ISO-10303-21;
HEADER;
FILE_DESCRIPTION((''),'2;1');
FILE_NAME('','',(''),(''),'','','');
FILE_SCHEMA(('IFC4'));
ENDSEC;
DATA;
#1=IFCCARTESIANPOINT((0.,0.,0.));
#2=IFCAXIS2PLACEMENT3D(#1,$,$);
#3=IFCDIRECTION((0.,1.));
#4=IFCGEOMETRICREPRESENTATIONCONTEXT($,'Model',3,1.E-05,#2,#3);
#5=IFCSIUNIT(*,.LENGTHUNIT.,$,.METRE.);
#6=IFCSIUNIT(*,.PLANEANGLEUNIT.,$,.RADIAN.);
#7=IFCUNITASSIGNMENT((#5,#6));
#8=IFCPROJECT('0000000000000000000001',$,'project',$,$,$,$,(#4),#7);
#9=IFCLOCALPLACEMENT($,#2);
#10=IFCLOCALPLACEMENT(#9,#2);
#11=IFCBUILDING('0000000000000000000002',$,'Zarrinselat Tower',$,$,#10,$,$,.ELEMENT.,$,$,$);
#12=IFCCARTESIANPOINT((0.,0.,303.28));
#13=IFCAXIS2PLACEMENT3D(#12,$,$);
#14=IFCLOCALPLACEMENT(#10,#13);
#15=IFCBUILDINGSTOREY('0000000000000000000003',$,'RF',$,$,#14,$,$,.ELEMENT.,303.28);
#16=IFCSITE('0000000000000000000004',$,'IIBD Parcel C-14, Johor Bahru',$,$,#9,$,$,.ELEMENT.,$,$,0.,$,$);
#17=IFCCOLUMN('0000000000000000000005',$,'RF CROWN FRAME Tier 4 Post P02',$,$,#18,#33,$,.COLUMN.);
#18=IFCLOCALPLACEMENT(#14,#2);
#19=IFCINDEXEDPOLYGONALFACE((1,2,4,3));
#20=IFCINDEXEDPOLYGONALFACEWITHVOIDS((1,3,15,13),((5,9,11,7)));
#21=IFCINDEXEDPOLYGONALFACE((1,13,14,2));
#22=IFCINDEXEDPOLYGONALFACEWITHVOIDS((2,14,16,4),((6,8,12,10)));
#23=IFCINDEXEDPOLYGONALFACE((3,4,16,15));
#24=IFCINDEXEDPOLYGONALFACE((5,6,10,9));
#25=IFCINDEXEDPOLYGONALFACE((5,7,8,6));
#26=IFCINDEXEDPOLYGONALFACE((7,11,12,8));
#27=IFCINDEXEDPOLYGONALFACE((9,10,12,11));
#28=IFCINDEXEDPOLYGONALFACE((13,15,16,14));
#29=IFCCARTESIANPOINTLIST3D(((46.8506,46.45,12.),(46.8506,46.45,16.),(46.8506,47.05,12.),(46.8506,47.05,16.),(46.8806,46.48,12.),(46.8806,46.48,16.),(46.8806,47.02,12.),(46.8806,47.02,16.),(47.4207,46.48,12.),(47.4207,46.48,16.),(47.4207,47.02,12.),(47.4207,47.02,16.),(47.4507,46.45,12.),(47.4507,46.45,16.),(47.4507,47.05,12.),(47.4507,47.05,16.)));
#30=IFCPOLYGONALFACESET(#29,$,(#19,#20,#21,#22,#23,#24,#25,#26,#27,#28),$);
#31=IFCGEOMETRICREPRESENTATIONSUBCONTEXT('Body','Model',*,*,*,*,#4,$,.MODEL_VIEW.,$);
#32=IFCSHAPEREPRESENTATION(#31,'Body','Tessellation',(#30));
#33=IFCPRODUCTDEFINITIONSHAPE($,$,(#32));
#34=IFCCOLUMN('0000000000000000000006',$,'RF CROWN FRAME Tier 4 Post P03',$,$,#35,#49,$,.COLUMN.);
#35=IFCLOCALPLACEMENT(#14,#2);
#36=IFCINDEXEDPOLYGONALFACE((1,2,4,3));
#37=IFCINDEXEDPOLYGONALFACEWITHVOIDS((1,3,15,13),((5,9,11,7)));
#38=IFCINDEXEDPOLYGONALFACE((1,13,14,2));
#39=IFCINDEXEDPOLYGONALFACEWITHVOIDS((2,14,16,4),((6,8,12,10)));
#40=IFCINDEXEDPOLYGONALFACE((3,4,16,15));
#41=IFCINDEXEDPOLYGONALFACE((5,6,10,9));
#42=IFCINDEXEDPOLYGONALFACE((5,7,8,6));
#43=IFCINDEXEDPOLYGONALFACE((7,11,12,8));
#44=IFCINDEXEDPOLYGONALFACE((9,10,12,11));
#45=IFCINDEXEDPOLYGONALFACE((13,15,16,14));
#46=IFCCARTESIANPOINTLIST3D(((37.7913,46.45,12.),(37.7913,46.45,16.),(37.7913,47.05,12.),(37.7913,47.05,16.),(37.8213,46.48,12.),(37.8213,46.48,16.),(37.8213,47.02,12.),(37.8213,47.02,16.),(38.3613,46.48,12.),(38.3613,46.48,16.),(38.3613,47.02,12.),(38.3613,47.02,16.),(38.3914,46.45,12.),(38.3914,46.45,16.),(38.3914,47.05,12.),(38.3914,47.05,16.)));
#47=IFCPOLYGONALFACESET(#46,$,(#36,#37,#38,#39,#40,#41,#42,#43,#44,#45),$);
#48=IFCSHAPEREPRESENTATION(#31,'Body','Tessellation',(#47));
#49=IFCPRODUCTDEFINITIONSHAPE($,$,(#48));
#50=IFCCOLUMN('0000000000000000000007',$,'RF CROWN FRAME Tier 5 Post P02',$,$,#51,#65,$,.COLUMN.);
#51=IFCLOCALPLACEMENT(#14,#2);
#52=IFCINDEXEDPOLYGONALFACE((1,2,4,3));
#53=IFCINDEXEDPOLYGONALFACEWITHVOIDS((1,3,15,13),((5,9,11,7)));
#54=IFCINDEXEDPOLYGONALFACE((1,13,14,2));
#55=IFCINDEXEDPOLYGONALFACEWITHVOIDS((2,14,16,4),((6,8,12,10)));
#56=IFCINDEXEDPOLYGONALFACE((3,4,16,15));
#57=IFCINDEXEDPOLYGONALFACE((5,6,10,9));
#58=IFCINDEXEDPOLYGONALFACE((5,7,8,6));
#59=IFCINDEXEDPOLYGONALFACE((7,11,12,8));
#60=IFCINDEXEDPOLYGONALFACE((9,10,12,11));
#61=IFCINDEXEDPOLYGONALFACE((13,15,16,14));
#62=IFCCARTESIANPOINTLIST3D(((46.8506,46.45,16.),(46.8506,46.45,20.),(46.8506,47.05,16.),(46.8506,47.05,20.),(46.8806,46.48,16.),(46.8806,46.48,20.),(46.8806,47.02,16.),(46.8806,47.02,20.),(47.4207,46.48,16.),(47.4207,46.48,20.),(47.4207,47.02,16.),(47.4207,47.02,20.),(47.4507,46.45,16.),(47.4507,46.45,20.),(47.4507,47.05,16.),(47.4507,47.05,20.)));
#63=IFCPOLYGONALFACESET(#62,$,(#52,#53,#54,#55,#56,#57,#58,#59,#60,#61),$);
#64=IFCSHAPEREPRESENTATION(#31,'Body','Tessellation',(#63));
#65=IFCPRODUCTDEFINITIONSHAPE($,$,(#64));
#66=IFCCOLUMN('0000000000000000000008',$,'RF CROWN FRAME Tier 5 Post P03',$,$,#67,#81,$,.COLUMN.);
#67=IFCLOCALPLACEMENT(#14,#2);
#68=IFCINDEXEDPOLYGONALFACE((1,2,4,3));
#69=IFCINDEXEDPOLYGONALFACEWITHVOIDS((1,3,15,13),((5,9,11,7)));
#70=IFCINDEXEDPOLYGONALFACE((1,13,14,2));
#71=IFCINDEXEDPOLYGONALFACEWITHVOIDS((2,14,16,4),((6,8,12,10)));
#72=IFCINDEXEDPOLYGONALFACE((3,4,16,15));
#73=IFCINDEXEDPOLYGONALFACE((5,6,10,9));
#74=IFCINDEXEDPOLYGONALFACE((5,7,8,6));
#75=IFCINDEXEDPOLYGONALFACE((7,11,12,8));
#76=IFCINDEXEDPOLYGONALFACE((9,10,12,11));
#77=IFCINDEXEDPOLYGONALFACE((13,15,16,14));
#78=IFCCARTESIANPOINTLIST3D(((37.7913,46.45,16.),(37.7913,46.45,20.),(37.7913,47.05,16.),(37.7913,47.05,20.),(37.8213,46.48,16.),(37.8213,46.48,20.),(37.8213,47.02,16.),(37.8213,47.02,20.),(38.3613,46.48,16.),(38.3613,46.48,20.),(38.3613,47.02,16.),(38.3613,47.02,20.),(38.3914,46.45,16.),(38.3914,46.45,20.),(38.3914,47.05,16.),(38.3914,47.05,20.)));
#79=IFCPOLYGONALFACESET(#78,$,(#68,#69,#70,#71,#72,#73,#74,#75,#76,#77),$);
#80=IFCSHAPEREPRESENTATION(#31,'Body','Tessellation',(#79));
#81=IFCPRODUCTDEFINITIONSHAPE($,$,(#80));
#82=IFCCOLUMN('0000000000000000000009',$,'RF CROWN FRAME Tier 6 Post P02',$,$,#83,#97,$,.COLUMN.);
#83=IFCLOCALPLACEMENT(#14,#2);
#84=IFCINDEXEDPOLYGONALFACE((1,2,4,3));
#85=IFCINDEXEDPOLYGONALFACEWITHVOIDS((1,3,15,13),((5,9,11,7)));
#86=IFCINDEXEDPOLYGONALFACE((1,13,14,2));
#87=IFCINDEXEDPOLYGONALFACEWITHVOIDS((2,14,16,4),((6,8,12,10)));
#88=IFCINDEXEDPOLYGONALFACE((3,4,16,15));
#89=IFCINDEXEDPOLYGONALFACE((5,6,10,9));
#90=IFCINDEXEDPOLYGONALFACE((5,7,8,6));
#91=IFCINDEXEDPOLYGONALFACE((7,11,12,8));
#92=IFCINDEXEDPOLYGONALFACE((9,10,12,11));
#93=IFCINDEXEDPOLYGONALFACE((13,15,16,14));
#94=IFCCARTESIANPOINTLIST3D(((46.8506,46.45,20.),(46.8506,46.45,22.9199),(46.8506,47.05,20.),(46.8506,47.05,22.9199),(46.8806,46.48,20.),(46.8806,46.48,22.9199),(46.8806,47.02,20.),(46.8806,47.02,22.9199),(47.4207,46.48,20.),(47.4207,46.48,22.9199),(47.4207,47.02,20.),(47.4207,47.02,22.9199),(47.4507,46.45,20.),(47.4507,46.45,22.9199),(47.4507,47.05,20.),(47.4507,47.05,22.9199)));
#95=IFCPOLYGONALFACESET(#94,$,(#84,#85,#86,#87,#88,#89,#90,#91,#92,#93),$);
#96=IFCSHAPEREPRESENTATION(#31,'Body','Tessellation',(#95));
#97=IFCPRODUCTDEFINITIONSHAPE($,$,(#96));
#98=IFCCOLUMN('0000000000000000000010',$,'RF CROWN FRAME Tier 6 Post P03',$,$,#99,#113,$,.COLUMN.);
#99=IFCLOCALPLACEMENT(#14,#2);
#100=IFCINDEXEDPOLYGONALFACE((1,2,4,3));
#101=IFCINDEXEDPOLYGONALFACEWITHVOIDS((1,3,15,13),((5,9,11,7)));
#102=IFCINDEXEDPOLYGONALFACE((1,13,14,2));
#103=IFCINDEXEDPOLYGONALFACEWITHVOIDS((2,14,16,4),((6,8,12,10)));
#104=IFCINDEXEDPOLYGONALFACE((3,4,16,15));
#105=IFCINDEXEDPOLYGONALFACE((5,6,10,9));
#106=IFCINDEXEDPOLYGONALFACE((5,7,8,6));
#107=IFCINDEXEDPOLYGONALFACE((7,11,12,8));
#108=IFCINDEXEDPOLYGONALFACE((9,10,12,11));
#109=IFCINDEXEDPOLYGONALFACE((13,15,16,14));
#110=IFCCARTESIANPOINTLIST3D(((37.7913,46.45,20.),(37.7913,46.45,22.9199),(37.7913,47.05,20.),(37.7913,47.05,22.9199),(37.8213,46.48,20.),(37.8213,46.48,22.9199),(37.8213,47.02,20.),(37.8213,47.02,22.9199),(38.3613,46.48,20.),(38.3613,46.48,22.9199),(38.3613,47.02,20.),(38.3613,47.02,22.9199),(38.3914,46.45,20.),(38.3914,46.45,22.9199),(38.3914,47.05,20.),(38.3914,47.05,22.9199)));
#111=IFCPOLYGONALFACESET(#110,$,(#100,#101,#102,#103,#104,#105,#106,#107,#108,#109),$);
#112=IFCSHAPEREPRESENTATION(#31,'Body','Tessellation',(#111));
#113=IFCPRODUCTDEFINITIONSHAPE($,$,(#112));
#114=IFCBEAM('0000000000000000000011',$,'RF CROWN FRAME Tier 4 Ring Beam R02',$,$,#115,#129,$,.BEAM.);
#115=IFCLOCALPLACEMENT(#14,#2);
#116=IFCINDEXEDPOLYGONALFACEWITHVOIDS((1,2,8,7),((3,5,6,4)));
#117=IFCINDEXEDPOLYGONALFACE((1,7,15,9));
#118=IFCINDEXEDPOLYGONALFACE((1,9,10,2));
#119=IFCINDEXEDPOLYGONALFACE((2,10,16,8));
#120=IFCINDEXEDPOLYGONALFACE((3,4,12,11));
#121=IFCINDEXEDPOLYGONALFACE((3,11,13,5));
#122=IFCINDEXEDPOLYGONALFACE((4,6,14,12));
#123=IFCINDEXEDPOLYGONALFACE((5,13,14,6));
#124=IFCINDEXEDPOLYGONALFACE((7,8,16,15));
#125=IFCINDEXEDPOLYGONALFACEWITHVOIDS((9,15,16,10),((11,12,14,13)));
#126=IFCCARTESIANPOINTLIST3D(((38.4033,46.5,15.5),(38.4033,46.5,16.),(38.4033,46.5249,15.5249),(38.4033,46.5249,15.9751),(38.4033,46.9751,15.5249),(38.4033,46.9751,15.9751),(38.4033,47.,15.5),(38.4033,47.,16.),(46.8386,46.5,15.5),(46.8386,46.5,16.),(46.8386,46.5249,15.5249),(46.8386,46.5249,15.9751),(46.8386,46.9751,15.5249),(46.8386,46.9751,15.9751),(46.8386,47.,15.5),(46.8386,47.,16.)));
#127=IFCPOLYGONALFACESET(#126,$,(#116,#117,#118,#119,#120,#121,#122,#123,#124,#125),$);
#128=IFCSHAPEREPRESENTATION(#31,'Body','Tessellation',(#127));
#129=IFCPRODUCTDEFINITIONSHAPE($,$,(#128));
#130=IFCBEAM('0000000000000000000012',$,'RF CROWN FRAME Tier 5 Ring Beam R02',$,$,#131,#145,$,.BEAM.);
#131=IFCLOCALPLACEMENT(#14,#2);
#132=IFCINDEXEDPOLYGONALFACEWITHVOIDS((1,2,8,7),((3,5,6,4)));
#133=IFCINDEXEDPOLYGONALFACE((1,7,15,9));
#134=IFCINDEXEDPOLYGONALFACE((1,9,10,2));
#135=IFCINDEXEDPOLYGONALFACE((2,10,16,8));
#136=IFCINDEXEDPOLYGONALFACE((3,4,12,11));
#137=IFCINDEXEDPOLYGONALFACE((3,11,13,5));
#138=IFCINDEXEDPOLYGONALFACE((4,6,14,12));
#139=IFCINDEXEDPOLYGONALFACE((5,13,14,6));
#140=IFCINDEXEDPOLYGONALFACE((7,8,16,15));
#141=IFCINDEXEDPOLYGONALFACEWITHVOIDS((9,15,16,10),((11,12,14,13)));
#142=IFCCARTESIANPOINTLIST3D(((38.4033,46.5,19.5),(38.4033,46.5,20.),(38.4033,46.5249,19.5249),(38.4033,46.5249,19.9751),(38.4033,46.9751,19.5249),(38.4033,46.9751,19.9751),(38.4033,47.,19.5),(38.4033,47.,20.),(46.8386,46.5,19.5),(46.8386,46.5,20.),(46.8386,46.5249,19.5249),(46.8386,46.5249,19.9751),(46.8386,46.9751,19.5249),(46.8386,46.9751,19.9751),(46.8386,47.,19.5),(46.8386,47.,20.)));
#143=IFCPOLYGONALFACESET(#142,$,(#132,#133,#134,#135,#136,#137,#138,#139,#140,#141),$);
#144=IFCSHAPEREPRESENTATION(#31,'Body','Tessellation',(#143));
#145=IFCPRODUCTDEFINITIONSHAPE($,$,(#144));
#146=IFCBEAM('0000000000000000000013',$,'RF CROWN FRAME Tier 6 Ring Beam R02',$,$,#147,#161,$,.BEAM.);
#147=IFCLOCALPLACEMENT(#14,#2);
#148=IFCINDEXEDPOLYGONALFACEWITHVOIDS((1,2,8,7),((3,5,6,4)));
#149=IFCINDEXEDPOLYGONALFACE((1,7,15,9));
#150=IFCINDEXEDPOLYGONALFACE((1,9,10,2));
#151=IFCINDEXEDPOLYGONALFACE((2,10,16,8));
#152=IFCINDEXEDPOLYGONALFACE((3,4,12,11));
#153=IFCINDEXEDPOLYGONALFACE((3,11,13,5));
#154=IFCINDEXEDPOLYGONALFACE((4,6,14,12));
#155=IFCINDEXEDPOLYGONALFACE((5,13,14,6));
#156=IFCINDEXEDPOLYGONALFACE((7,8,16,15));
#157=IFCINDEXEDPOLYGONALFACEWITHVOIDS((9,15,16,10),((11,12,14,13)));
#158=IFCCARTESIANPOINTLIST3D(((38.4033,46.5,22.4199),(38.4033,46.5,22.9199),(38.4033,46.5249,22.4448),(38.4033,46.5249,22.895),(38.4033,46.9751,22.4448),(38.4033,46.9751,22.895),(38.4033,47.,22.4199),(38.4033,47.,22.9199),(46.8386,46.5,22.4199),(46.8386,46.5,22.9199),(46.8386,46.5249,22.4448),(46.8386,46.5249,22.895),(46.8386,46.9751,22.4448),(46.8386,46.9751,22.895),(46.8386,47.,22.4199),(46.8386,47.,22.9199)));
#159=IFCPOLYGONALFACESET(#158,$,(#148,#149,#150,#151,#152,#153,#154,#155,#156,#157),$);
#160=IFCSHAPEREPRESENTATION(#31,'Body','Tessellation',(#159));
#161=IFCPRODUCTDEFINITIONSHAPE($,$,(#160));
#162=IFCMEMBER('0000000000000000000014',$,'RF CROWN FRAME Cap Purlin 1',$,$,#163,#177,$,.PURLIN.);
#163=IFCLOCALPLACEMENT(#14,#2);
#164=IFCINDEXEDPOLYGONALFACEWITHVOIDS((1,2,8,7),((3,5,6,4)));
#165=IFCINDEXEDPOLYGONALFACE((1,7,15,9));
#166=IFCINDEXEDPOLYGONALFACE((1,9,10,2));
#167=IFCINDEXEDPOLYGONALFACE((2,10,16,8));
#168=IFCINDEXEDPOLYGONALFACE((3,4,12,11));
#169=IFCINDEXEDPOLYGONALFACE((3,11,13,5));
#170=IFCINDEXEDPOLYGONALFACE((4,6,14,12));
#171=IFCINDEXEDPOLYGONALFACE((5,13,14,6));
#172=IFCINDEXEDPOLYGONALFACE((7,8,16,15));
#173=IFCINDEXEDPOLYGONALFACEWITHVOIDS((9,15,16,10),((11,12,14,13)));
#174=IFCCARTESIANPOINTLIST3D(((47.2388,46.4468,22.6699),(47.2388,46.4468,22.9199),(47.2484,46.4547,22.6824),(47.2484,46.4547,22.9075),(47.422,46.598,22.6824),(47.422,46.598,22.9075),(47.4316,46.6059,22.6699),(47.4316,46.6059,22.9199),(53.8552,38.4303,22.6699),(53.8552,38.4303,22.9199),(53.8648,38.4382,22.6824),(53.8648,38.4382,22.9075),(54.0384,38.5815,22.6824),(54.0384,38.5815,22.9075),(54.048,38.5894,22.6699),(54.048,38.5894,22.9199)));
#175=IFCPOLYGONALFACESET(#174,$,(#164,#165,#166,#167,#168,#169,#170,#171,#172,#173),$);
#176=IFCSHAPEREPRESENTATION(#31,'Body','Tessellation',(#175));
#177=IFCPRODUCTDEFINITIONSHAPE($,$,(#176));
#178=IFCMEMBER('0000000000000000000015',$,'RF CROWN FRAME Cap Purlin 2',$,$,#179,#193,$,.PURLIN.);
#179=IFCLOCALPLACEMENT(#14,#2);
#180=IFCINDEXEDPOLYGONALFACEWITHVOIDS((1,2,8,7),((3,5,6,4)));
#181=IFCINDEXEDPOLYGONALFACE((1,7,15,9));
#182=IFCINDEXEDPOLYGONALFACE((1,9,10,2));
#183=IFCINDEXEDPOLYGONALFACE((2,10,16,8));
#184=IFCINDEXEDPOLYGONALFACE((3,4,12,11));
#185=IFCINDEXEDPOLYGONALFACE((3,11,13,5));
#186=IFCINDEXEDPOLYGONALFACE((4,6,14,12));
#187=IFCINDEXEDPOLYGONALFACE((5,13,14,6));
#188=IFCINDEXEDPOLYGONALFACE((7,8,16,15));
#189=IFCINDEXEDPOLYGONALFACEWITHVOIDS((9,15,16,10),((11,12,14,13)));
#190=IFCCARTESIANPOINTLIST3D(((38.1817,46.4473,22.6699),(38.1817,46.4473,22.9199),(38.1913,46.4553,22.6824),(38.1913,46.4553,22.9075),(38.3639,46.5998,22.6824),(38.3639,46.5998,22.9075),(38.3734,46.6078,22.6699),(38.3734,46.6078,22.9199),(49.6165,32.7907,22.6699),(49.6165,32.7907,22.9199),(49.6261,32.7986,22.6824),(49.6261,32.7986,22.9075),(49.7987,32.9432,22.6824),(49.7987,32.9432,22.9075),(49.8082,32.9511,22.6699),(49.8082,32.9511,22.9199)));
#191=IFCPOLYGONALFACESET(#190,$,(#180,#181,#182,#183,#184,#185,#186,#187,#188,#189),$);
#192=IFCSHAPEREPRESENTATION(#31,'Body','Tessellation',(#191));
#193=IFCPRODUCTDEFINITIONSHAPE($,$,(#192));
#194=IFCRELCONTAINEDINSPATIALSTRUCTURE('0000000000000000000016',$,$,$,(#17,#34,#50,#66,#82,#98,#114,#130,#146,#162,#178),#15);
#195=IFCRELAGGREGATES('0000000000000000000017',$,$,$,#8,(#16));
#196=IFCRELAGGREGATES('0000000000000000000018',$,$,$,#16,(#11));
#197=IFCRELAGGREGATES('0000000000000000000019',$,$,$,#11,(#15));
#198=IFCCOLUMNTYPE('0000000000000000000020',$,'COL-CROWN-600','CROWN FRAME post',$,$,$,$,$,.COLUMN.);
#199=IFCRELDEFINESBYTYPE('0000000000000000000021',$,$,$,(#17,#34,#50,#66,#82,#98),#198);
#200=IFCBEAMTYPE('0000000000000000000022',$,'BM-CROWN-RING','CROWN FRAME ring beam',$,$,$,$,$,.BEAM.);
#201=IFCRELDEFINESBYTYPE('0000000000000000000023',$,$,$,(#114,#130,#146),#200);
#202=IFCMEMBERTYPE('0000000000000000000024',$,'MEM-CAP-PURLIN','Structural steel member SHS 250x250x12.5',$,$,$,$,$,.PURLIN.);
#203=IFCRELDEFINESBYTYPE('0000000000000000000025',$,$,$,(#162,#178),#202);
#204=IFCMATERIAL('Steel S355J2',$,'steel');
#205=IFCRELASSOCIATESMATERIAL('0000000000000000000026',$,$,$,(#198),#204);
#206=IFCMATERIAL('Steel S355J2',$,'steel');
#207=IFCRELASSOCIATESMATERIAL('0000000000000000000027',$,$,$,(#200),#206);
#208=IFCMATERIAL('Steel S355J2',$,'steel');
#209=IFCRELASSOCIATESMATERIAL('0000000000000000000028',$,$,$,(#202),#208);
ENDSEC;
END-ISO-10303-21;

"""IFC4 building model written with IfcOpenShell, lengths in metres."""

from ifc_helpers import new_model, si_unit, direction, frame, origin, origin_2d, place, context, subcontext, project, spatial, hollow_rectangle, extrude, material, material_profile, profile_set, type_object, element, save


model = new_model("IFC4")

# Units and contexts
model_context = context("Model", 3, precision=1e-05, world=origin(), true_north=direction((0.0, 1.0)))
body_context = subcontext(model_context, "Body", "Model", "MODEL_VIEW")
ifc_project = project(units=[si_unit("LENGTHUNIT", "METRE"), si_unit("PLANEANGLEUNIT", "RADIAN")], contexts=[model_context])

# Site, building, storey
site_placement = place(None, origin())
site = spatial("IfcSite", under=ifc_project, at=site_placement, Name="IIBD Parcel C-14, Johor Bahru", CompositionType="ELEMENT", RefElevation=0.0)
building_placement = place(site_placement, origin())
building = spatial("IfcBuilding", under=site, at=building_placement, Name="Zarrinselat Tower", CompositionType="ELEMENT")
storey_placement = place(building_placement, frame((0.0, 0.0, 303.28)))
storey = spatial("IfcBuildingStorey", under=building, at=storey_placement, Name="RF", CompositionType="ELEMENT", Elevation=303.28)

# Columns
ifc_material_1 = material(Name="Steel S355J2", Category="steel")
ifc_material_profile_1 = material_profile(ifc_material_1, hollow_rectangle(XDim=0.6001, YDim=0.6001, WallThickness=0.03, at=origin_2d()), Name="SHS 600x600x30")
ifc_profile_set_1 = profile_set([ifc_material_profile_1], Name="Steel S355J2")
column_type = type_object("IfcColumnType", Name="COL-CROWN-600", Description="CROWN FRAME post", PredefinedType="COLUMN", material=ifc_profile_set_1)
for number, where, z_axis, x_axis, name in (
    (1, (47.1506, 46.75, 12.0), (0.0, 0.0, 1.0), (1.0, 0.0, 0.0), "RF CROWN FRAME Tier 4 Post P02"),
    (2, (38.0913, 46.75, 12.0), (0.0, 0.0, 1.0), (1.0, 0.0, 0.0), "RF CROWN FRAME Tier 4 Post P03"),
    (3, (47.1506, 46.75, 16.0), (0.0, 0.0, 1.0), (1.0, 0.0, 0.0), "RF CROWN FRAME Tier 5 Post P02"),
    (4, (38.0913, 46.75, 16.0), (0.0, 0.0, 1.0), (1.0, 0.0, 0.0), "RF CROWN FRAME Tier 5 Post P03"),
):
    element("IfcColumn", number, at=place(storey_placement, frame(where, z_axis=z_axis, x_axis=x_axis)), inside=storey, type_object=column_type, Name=name, PredefinedType="COLUMN", context=body_context, shape_type="SweptSolid", body=[
        extrude(hollow_rectangle(XDim=0.6001, YDim=0.6001, WallThickness=0.03, at=origin_2d()), origin(), (0.0, 0.0, 1.0), 4.0),
    ])
for number, where, z_axis, x_axis, name in (
    (5, (47.1506, 46.75, 20.0), (0.0, 0.0, 1.0), (1.0, 0.0, 0.0), "RF CROWN FRAME Tier 6 Post P02"),
    (6, (38.0913, 46.75, 20.0), (0.0, 0.0, 1.0), (1.0, 0.0, 0.0), "RF CROWN FRAME Tier 6 Post P03"),
):
    element("IfcColumn", number, at=place(storey_placement, frame(where, z_axis=z_axis, x_axis=x_axis)), inside=storey, type_object=column_type, Name=name, PredefinedType="COLUMN", context=body_context, shape_type="SweptSolid", body=[
        extrude(hollow_rectangle(XDim=0.6001, YDim=0.6001, WallThickness=0.03, at=origin_2d()), origin(), (0.0, 0.0, 1.0), 2.9199),
    ])

# Beams
ifc_material_2 = material(Name="Steel S355J2", Category="steel")
ifc_material_profile_2 = material_profile(ifc_material_2, hollow_rectangle(XDim=0.5, YDim=0.5, WallThickness=0.0249, at=origin_2d()), Name="SHS 500x500x25")
ifc_profile_set_2 = profile_set([ifc_material_profile_2], Name="Steel S355J2")
beam_type = type_object("IfcBeamType", Name="BM-CROWN-RING", Description="CROWN FRAME ring beam", PredefinedType="BEAM", material=ifc_profile_set_2)
for number, where, z_axis, x_axis, name in (
    (7, (46.8386, 46.75, 15.75), (-1.0, 0.0, 0.0), (0.0, -1.0, 0.0), "RF CROWN FRAME Tier 4 Ring Beam R02"),
    (8, (46.8386, 46.75, 19.75), (-1.0, 0.0, 0.0), (0.0, -1.0, 0.0), "RF CROWN FRAME Tier 5 Ring Beam R02"),
    (9, (46.8386, 46.75, 22.6699), (-1.0, 0.0, 0.0), (0.0, -1.0, 0.0), "RF CROWN FRAME Tier 6 Ring Beam R02"),
):
    element("IfcBeam", number, at=place(storey_placement, frame(where, z_axis=z_axis, x_axis=x_axis)), inside=storey, type_object=beam_type, Name=name, PredefinedType="BEAM", context=body_context, shape_type="SweptSolid", body=[
        extrude(hollow_rectangle(XDim=0.5, YDim=0.5, WallThickness=0.0249, at=origin_2d()), origin(), (0.0, 0.0, 1.0), 8.4353),
    ])

# Members
ifc_material_3 = material(Name="Steel S355J2", Category="steel")
ifc_material_profile_3 = material_profile(ifc_material_3, hollow_rectangle(XDim=0.25, YDim=0.25, WallThickness=0.0125, at=origin_2d()), Name="SHS 250x250x12.5")
ifc_profile_set_3 = profile_set([ifc_material_profile_3], Name="Steel S355J2")
member_type_1 = type_object("IfcMemberType", Name="MEM-CAP-PURLIN", Description="Structural steel member SHS 250x250x12.5", PredefinedType="PURLIN", material=ifc_profile_set_3)
member_1_placement = place(storey_placement, frame((47.3352, 46.5264, 22.7949), z_axis=(0.636541, -0.771243, 0.0), x_axis=(0.771243, 0.636541, 0.0)))
element("IfcMember", 10, at=member_1_placement, inside=storey, type_object=member_type_1, Name="RF CROWN FRAME Cap Purlin 1", PredefinedType="PURLIN", context=body_context, shape_type="SweptSolid", body=[
    extrude(hollow_rectangle(XDim=0.25, YDim=0.25, WallThickness=0.0125, at=origin_2d()), origin(), (0.0, 0.0, 1.0), 10.3943),
])
member_2_placement = place(storey_placement, frame((38.2776, 46.5276, 22.7949), z_axis=(0.641978, -0.766723, 0.0), x_axis=(0.766723, 0.641978, 0.0)))
element("IfcMember", 11, at=member_2_placement, inside=storey, type_object=member_type_1, Name="RF CROWN FRAME Cap Purlin 2", PredefinedType="PURLIN", context=body_context, shape_type="SweptSolid", body=[
    extrude(hollow_rectangle(XDim=0.25, YDim=0.25, WallThickness=0.0125, at=origin_2d()), origin(), (0.0, 0.0, 1.0), 17.8118),
])

save(model, "model.ifc")
